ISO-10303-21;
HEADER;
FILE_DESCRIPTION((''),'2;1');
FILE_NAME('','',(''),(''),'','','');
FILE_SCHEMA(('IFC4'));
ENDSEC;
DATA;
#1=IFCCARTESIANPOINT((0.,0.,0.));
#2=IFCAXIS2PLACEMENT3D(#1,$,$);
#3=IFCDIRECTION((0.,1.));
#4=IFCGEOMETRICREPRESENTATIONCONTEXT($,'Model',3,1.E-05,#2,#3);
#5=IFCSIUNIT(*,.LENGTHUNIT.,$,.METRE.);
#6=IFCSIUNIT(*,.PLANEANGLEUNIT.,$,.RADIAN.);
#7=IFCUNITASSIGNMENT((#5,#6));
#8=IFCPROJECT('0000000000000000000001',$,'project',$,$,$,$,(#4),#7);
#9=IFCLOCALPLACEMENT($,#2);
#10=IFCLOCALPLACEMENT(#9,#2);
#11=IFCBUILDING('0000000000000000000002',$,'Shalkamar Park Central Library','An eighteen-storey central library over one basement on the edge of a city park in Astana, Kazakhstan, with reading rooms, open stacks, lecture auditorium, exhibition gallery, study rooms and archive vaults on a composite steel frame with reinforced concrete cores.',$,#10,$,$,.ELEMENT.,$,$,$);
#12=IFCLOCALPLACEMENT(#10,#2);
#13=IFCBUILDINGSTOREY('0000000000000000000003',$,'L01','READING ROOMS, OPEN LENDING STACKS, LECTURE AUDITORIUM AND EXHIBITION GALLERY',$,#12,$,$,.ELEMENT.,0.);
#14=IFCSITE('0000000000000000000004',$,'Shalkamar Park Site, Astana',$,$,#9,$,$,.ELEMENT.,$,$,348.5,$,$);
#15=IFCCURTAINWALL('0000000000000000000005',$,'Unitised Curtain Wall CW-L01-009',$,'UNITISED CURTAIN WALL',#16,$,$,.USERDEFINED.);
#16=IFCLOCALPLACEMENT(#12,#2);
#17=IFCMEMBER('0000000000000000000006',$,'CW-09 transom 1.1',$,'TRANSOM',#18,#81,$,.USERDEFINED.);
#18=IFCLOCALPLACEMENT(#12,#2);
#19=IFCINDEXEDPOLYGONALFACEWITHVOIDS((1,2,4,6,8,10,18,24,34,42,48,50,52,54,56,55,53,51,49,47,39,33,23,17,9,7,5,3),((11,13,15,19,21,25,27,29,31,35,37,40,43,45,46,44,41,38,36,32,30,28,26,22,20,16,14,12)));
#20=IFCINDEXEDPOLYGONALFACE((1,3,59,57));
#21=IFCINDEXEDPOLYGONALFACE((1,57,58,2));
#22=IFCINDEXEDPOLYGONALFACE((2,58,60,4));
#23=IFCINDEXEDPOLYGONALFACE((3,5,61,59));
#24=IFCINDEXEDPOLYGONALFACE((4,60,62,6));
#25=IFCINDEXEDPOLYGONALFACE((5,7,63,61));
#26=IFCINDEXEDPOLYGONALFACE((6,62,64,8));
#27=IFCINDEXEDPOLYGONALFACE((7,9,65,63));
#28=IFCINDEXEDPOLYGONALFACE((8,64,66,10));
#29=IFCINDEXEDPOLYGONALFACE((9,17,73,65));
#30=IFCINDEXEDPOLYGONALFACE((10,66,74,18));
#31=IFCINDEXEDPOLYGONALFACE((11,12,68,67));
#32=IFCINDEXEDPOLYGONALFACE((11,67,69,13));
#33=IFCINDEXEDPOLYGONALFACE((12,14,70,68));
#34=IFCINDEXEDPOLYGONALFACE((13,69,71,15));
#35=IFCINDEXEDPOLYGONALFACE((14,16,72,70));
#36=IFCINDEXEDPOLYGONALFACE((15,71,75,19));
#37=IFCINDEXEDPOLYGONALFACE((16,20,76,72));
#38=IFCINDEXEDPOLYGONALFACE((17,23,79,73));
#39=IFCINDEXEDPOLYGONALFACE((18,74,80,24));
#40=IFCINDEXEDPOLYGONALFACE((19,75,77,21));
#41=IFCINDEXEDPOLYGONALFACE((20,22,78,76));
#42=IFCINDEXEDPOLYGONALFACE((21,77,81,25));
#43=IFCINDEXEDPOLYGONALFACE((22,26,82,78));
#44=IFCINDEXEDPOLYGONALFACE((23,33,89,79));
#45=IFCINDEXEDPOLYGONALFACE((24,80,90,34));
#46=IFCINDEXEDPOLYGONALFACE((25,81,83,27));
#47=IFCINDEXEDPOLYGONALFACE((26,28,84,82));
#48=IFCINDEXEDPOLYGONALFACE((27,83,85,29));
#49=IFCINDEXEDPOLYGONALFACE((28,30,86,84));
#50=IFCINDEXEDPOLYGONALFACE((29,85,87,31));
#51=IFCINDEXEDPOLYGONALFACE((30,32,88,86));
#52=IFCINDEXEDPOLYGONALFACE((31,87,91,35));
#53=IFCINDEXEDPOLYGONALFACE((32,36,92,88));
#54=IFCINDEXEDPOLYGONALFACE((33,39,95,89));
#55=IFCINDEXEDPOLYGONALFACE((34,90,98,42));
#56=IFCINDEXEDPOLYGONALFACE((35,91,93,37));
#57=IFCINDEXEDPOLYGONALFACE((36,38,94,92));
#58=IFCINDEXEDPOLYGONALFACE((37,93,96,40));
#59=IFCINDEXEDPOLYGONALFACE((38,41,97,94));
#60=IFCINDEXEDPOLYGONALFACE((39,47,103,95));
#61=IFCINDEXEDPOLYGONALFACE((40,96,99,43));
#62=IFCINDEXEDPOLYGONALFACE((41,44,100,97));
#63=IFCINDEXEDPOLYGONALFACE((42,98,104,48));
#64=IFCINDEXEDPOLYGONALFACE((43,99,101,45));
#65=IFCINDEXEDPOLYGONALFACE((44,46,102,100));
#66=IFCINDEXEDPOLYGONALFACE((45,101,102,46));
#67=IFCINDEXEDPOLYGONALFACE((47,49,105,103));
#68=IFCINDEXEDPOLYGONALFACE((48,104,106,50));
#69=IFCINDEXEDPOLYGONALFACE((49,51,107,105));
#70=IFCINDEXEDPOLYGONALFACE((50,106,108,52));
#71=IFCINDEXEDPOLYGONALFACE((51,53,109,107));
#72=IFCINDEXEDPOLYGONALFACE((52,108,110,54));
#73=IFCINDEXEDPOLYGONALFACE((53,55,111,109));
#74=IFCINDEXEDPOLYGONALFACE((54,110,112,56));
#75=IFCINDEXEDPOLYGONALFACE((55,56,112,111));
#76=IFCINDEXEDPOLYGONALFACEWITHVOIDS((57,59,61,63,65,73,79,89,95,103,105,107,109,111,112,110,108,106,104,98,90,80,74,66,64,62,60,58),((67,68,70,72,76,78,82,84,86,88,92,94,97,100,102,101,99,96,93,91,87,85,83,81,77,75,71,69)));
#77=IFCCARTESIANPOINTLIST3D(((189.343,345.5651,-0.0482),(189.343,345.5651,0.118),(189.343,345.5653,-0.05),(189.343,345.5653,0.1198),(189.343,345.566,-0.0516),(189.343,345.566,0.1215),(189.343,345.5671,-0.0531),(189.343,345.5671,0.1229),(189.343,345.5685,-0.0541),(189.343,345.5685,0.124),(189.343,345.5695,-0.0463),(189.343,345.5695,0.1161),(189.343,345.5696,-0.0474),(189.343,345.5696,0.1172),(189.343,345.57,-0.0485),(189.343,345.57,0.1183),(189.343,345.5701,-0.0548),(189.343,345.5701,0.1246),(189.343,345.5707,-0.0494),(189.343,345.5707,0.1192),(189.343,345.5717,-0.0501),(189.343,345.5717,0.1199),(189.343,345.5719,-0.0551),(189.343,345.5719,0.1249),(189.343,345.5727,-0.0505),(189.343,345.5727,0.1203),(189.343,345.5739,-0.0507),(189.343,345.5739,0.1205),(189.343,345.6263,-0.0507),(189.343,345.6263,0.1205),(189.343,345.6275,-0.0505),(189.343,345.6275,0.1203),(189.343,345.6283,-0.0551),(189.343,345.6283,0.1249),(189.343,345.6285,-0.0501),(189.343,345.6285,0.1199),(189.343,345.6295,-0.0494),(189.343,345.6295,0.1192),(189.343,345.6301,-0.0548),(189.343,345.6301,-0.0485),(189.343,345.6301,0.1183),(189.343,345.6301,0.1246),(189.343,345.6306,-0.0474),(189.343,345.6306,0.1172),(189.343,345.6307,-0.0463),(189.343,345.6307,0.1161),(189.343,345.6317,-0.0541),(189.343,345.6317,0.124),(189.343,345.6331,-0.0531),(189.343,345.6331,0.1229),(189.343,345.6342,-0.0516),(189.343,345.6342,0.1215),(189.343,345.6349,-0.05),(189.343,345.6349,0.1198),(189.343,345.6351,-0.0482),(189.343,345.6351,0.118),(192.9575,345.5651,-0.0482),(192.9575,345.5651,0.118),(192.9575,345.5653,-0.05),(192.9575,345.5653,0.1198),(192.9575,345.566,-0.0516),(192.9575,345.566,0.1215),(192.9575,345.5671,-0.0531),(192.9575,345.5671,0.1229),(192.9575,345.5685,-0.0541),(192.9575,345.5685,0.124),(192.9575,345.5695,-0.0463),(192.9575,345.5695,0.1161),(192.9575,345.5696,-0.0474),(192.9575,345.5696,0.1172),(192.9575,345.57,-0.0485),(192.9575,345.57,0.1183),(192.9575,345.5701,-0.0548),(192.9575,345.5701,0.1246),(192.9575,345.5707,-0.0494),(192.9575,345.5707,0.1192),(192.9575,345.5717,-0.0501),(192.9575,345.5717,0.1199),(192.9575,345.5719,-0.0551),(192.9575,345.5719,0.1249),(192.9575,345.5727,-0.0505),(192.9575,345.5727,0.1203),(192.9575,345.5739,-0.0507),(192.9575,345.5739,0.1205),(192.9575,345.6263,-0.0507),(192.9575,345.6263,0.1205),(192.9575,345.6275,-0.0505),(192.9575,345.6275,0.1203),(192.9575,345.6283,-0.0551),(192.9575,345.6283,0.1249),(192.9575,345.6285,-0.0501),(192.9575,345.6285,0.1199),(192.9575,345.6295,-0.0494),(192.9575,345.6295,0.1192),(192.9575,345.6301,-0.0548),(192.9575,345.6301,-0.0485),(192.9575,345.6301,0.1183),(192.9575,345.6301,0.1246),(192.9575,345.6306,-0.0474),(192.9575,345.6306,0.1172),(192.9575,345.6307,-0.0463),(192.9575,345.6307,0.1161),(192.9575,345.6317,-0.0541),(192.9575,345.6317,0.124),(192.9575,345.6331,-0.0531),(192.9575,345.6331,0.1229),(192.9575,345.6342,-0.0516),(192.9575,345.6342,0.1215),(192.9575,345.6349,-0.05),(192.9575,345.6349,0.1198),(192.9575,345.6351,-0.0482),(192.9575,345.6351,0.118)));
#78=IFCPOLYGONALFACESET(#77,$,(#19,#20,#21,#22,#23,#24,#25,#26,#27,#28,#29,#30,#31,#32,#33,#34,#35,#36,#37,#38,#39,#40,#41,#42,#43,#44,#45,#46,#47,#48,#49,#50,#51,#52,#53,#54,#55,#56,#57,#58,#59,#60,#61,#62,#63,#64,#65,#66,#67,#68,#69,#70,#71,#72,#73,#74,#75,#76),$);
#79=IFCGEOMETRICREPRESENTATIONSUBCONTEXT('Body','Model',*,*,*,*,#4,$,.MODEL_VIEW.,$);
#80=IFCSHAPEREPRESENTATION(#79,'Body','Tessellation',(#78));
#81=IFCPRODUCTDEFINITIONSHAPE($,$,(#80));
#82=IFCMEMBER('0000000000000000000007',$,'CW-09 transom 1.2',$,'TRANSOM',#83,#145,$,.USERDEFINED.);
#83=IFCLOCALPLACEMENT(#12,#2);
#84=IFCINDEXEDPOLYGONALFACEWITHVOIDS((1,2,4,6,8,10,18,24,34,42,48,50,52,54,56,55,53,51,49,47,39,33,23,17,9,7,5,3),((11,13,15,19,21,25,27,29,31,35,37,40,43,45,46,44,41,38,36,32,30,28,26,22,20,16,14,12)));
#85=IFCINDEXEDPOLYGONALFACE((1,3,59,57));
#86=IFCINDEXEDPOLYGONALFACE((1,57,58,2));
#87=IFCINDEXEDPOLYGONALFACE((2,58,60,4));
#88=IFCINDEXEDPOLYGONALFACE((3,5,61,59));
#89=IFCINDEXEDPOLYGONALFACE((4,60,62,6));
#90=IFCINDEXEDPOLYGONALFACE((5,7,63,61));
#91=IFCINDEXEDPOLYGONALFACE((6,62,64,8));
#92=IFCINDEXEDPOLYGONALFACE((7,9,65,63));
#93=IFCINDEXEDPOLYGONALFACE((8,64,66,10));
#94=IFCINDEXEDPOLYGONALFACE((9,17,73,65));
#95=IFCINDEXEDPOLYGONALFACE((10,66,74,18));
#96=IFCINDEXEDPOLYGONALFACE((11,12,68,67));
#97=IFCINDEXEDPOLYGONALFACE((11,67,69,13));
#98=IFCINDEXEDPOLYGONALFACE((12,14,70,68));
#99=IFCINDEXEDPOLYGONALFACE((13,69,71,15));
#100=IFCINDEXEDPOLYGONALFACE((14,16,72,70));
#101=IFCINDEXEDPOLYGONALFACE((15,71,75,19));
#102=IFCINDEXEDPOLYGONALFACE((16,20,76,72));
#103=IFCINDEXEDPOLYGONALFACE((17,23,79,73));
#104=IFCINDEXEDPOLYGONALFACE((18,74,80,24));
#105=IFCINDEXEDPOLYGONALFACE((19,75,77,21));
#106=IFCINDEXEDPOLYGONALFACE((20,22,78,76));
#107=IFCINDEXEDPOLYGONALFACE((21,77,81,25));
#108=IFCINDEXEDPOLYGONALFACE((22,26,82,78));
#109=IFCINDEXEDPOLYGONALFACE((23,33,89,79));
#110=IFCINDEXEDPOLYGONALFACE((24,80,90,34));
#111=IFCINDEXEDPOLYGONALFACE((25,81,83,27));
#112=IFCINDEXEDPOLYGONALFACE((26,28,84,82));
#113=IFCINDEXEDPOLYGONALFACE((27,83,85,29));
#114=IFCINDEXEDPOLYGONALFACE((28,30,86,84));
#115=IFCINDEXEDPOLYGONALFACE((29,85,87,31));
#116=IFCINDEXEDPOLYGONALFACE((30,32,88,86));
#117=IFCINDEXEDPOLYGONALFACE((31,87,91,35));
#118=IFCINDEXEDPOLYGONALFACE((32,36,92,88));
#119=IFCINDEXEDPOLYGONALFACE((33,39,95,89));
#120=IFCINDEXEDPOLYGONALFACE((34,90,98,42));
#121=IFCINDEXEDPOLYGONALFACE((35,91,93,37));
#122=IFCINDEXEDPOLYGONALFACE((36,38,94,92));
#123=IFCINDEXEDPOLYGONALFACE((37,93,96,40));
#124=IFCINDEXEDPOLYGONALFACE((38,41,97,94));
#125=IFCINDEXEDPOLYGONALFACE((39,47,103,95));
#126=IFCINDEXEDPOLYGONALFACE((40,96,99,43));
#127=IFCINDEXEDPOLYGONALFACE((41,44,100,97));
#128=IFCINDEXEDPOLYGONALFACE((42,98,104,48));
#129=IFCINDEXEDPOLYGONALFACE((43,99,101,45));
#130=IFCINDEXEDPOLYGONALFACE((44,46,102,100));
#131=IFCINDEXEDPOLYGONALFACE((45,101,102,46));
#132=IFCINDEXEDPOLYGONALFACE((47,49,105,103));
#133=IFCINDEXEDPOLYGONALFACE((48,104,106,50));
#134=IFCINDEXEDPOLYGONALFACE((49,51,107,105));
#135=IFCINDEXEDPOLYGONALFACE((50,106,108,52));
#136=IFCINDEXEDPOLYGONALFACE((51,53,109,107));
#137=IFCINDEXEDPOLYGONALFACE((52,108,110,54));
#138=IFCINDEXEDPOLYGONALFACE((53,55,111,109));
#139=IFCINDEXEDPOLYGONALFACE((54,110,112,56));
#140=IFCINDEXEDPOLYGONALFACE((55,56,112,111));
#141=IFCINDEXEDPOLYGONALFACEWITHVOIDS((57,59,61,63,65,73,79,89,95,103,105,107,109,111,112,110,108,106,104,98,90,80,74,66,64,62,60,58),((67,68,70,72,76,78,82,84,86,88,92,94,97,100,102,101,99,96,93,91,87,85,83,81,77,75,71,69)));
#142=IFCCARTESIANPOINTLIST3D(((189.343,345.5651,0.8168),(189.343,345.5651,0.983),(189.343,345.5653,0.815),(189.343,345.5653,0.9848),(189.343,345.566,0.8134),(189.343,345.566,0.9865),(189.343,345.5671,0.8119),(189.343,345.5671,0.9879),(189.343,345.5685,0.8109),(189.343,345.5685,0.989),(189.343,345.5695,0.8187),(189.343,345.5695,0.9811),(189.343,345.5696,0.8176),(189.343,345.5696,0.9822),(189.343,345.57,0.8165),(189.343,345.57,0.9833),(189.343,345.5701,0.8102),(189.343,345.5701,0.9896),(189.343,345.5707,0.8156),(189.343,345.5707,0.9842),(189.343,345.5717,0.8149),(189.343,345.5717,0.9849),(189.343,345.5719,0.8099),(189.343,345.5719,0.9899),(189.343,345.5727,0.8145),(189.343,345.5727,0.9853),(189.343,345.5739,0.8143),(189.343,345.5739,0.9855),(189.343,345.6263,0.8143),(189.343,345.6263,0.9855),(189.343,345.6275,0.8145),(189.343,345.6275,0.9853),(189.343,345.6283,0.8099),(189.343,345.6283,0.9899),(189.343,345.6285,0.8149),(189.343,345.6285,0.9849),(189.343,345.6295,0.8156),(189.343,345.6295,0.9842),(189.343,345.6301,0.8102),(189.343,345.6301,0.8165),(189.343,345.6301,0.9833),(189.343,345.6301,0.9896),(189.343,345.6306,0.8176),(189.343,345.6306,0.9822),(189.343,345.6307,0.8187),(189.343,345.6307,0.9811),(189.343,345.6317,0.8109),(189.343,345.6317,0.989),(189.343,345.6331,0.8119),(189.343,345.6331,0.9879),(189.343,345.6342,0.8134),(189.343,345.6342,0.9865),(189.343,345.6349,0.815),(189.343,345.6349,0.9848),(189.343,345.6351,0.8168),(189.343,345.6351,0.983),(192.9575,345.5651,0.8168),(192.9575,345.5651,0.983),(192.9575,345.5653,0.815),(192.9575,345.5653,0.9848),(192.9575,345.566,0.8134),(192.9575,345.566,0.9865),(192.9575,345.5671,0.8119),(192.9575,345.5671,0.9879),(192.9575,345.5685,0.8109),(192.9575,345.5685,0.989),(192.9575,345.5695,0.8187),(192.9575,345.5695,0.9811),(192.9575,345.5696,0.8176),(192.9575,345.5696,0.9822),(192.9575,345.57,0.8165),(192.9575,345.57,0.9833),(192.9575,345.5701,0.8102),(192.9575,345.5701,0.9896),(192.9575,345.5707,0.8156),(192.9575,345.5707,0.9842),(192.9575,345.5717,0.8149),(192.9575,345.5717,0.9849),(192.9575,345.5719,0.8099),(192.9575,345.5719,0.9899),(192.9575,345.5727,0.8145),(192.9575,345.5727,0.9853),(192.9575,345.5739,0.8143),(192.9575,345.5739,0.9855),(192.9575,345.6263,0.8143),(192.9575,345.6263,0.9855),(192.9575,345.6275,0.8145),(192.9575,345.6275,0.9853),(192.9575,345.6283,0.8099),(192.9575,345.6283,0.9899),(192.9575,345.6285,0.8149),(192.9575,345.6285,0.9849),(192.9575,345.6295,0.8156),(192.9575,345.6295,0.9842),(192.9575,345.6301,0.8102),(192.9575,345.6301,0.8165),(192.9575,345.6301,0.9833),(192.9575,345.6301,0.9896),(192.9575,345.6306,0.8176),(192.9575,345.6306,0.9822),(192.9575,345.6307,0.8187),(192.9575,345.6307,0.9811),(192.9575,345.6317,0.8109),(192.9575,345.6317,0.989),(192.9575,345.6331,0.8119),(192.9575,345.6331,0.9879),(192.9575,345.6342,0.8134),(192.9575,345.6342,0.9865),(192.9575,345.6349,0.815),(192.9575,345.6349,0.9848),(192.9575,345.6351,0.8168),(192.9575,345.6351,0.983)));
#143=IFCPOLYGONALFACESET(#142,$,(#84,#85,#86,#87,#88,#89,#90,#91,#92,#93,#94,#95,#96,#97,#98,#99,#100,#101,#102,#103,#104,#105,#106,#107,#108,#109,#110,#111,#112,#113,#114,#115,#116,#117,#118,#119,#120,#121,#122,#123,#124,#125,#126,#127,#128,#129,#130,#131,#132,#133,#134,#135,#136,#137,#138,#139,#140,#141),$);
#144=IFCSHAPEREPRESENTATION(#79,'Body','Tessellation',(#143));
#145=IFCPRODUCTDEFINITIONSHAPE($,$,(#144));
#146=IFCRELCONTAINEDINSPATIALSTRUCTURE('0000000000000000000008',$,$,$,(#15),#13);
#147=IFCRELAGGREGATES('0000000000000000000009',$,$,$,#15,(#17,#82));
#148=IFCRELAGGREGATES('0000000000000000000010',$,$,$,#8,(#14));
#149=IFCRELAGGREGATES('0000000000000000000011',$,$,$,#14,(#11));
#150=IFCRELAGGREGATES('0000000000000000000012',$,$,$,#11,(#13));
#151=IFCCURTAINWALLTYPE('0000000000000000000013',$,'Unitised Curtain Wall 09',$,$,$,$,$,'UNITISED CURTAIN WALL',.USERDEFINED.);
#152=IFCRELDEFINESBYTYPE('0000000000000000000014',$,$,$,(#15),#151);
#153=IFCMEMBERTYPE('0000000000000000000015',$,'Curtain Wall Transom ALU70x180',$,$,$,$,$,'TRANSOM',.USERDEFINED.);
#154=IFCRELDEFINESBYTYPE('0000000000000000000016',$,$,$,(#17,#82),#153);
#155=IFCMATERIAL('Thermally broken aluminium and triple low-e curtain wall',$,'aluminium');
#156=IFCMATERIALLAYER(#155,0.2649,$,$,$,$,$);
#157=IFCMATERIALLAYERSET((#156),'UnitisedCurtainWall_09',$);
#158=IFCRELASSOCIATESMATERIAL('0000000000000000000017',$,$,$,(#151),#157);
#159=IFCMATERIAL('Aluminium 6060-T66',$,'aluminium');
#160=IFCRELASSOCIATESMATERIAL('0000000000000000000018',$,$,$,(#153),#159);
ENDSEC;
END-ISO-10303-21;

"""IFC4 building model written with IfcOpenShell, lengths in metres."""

from ifc_helpers import new_model, si_unit, direction, frame, origin, origin_2d, place, context, subcontext, project, spatial, hollow_rectangle, extrude, material, layer, layer_set, material_profile, profile_set, type_object, element, aggregate, save


model = new_model("IFC4")

# Units and contexts
model_context = context("Model", 3, precision=1e-05, world=origin(), true_north=direction((0.0, 1.0)))
body_context = subcontext(model_context, "Body", "Model", "MODEL_VIEW")
ifc_project = project(units=[si_unit("LENGTHUNIT", "METRE"), si_unit("PLANEANGLEUNIT", "RADIAN")], contexts=[model_context])

# Site, building, storey
site_placement = place(None, origin())
site = spatial("IfcSite", under=ifc_project, at=site_placement, Name="Shalkamar Park Site, Astana", CompositionType="ELEMENT", RefElevation=348.5)
building_placement = place(site_placement, origin())
building = spatial("IfcBuilding", under=site, at=building_placement, Name="Shalkamar Park Central Library", Description="An eighteen-storey central library over one basement on the edge of a city park in Astana, Kazakhstan, with reading rooms, open stacks, lecture auditorium, exhibition gallery, study rooms and archive vaults on a composite steel frame with reinforced concrete cores.", CompositionType="ELEMENT")
storey_placement = place(building_placement, origin())
storey = spatial("IfcBuildingStorey", under=building, at=storey_placement, Name="L01", Description="READING ROOMS, OPEN LENDING STACKS, LECTURE AUDITORIUM AND EXHIBITION GALLERY", CompositionType="ELEMENT", Elevation=0.0)

# Curtain wall, members
ifc_material_1 = material(Name="Thermally broken aluminium and triple low-e curtain wall", Category="aluminium")
ifc_layer_1 = layer(ifc_material_1, 0.2649)
ifc_layer_set_1 = layer_set([ifc_layer_1], Name="UnitisedCurtainWall_09")
curtain_wall_type = type_object("IfcCurtainWallType", Name="Unitised Curtain Wall 09", ElementType="UNITISED CURTAIN WALL", PredefinedType="USERDEFINED", material=ifc_layer_set_1)
curtain_wall_placement = place(storey_placement, origin())
curtain_wall = element("IfcCurtainWall", 1, at=curtain_wall_placement, inside=storey, type_object=curtain_wall_type, Name="Unitised Curtain Wall CW-L01-009", ObjectType="UNITISED CURTAIN WALL", PredefinedType="USERDEFINED")
ifc_material_2 = material(Name="Aluminium 6060-T66", Category="aluminium")
ifc_material_profile_1 = material_profile(ifc_material_2, hollow_rectangle(XDim=0.0701, YDim=0.1799, WallThickness=0.0044, InnerFilletRadius=0.0044, OuterFilletRadius=0.0068, at=origin_2d()), Name="ALU 70x180x4.5")
ifc_profile_set_1 = profile_set([ifc_material_profile_1], Name="Aluminium 6060-T66")
member_type_1 = type_object("IfcMemberType", Name="Curtain Wall Transom ALU70x180", ElementType="TRANSOM", PredefinedType="USERDEFINED", material=ifc_profile_set_1)
member_1_placement = place(storey_placement, frame((189.343, 345.6001, 0.0349), z_axis=(1.0, 0.0, 0.0), x_axis=(0.0, 1.0, 0.0)))
member_1 = element("IfcMember", 2, at=member_1_placement, type_object=member_type_1, Name="CW-09 transom 1.1", ObjectType="TRANSOM", PredefinedType="USERDEFINED", context=body_context, shape_type="SweptSolid", body=[
    extrude(hollow_rectangle(XDim=0.0701, YDim=0.1799, WallThickness=0.0044, InnerFilletRadius=0.0044, OuterFilletRadius=0.0068, at=origin_2d()), origin(), (0.0, 0.0, 1.0), 3.6145),
])
member_2_placement = place(storey_placement, frame((189.343, 345.6001, 0.8999), z_axis=(1.0, 0.0, 0.0), x_axis=(0.0, 1.0, 0.0)))
member_2 = element("IfcMember", 3, at=member_2_placement, type_object=member_type_1, Name="CW-09 transom 1.2", ObjectType="TRANSOM", PredefinedType="USERDEFINED", context=body_context, shape_type="SweptSolid", body=[
    extrude(hollow_rectangle(XDim=0.0701, YDim=0.1799, WallThickness=0.0044, InnerFilletRadius=0.0044, OuterFilletRadius=0.0068, at=origin_2d()), origin(), (0.0, 0.0, 1.0), 3.6145),
])

aggregate(curtain_wall, [member_1, member_2])

save(model, "model.ifc")
